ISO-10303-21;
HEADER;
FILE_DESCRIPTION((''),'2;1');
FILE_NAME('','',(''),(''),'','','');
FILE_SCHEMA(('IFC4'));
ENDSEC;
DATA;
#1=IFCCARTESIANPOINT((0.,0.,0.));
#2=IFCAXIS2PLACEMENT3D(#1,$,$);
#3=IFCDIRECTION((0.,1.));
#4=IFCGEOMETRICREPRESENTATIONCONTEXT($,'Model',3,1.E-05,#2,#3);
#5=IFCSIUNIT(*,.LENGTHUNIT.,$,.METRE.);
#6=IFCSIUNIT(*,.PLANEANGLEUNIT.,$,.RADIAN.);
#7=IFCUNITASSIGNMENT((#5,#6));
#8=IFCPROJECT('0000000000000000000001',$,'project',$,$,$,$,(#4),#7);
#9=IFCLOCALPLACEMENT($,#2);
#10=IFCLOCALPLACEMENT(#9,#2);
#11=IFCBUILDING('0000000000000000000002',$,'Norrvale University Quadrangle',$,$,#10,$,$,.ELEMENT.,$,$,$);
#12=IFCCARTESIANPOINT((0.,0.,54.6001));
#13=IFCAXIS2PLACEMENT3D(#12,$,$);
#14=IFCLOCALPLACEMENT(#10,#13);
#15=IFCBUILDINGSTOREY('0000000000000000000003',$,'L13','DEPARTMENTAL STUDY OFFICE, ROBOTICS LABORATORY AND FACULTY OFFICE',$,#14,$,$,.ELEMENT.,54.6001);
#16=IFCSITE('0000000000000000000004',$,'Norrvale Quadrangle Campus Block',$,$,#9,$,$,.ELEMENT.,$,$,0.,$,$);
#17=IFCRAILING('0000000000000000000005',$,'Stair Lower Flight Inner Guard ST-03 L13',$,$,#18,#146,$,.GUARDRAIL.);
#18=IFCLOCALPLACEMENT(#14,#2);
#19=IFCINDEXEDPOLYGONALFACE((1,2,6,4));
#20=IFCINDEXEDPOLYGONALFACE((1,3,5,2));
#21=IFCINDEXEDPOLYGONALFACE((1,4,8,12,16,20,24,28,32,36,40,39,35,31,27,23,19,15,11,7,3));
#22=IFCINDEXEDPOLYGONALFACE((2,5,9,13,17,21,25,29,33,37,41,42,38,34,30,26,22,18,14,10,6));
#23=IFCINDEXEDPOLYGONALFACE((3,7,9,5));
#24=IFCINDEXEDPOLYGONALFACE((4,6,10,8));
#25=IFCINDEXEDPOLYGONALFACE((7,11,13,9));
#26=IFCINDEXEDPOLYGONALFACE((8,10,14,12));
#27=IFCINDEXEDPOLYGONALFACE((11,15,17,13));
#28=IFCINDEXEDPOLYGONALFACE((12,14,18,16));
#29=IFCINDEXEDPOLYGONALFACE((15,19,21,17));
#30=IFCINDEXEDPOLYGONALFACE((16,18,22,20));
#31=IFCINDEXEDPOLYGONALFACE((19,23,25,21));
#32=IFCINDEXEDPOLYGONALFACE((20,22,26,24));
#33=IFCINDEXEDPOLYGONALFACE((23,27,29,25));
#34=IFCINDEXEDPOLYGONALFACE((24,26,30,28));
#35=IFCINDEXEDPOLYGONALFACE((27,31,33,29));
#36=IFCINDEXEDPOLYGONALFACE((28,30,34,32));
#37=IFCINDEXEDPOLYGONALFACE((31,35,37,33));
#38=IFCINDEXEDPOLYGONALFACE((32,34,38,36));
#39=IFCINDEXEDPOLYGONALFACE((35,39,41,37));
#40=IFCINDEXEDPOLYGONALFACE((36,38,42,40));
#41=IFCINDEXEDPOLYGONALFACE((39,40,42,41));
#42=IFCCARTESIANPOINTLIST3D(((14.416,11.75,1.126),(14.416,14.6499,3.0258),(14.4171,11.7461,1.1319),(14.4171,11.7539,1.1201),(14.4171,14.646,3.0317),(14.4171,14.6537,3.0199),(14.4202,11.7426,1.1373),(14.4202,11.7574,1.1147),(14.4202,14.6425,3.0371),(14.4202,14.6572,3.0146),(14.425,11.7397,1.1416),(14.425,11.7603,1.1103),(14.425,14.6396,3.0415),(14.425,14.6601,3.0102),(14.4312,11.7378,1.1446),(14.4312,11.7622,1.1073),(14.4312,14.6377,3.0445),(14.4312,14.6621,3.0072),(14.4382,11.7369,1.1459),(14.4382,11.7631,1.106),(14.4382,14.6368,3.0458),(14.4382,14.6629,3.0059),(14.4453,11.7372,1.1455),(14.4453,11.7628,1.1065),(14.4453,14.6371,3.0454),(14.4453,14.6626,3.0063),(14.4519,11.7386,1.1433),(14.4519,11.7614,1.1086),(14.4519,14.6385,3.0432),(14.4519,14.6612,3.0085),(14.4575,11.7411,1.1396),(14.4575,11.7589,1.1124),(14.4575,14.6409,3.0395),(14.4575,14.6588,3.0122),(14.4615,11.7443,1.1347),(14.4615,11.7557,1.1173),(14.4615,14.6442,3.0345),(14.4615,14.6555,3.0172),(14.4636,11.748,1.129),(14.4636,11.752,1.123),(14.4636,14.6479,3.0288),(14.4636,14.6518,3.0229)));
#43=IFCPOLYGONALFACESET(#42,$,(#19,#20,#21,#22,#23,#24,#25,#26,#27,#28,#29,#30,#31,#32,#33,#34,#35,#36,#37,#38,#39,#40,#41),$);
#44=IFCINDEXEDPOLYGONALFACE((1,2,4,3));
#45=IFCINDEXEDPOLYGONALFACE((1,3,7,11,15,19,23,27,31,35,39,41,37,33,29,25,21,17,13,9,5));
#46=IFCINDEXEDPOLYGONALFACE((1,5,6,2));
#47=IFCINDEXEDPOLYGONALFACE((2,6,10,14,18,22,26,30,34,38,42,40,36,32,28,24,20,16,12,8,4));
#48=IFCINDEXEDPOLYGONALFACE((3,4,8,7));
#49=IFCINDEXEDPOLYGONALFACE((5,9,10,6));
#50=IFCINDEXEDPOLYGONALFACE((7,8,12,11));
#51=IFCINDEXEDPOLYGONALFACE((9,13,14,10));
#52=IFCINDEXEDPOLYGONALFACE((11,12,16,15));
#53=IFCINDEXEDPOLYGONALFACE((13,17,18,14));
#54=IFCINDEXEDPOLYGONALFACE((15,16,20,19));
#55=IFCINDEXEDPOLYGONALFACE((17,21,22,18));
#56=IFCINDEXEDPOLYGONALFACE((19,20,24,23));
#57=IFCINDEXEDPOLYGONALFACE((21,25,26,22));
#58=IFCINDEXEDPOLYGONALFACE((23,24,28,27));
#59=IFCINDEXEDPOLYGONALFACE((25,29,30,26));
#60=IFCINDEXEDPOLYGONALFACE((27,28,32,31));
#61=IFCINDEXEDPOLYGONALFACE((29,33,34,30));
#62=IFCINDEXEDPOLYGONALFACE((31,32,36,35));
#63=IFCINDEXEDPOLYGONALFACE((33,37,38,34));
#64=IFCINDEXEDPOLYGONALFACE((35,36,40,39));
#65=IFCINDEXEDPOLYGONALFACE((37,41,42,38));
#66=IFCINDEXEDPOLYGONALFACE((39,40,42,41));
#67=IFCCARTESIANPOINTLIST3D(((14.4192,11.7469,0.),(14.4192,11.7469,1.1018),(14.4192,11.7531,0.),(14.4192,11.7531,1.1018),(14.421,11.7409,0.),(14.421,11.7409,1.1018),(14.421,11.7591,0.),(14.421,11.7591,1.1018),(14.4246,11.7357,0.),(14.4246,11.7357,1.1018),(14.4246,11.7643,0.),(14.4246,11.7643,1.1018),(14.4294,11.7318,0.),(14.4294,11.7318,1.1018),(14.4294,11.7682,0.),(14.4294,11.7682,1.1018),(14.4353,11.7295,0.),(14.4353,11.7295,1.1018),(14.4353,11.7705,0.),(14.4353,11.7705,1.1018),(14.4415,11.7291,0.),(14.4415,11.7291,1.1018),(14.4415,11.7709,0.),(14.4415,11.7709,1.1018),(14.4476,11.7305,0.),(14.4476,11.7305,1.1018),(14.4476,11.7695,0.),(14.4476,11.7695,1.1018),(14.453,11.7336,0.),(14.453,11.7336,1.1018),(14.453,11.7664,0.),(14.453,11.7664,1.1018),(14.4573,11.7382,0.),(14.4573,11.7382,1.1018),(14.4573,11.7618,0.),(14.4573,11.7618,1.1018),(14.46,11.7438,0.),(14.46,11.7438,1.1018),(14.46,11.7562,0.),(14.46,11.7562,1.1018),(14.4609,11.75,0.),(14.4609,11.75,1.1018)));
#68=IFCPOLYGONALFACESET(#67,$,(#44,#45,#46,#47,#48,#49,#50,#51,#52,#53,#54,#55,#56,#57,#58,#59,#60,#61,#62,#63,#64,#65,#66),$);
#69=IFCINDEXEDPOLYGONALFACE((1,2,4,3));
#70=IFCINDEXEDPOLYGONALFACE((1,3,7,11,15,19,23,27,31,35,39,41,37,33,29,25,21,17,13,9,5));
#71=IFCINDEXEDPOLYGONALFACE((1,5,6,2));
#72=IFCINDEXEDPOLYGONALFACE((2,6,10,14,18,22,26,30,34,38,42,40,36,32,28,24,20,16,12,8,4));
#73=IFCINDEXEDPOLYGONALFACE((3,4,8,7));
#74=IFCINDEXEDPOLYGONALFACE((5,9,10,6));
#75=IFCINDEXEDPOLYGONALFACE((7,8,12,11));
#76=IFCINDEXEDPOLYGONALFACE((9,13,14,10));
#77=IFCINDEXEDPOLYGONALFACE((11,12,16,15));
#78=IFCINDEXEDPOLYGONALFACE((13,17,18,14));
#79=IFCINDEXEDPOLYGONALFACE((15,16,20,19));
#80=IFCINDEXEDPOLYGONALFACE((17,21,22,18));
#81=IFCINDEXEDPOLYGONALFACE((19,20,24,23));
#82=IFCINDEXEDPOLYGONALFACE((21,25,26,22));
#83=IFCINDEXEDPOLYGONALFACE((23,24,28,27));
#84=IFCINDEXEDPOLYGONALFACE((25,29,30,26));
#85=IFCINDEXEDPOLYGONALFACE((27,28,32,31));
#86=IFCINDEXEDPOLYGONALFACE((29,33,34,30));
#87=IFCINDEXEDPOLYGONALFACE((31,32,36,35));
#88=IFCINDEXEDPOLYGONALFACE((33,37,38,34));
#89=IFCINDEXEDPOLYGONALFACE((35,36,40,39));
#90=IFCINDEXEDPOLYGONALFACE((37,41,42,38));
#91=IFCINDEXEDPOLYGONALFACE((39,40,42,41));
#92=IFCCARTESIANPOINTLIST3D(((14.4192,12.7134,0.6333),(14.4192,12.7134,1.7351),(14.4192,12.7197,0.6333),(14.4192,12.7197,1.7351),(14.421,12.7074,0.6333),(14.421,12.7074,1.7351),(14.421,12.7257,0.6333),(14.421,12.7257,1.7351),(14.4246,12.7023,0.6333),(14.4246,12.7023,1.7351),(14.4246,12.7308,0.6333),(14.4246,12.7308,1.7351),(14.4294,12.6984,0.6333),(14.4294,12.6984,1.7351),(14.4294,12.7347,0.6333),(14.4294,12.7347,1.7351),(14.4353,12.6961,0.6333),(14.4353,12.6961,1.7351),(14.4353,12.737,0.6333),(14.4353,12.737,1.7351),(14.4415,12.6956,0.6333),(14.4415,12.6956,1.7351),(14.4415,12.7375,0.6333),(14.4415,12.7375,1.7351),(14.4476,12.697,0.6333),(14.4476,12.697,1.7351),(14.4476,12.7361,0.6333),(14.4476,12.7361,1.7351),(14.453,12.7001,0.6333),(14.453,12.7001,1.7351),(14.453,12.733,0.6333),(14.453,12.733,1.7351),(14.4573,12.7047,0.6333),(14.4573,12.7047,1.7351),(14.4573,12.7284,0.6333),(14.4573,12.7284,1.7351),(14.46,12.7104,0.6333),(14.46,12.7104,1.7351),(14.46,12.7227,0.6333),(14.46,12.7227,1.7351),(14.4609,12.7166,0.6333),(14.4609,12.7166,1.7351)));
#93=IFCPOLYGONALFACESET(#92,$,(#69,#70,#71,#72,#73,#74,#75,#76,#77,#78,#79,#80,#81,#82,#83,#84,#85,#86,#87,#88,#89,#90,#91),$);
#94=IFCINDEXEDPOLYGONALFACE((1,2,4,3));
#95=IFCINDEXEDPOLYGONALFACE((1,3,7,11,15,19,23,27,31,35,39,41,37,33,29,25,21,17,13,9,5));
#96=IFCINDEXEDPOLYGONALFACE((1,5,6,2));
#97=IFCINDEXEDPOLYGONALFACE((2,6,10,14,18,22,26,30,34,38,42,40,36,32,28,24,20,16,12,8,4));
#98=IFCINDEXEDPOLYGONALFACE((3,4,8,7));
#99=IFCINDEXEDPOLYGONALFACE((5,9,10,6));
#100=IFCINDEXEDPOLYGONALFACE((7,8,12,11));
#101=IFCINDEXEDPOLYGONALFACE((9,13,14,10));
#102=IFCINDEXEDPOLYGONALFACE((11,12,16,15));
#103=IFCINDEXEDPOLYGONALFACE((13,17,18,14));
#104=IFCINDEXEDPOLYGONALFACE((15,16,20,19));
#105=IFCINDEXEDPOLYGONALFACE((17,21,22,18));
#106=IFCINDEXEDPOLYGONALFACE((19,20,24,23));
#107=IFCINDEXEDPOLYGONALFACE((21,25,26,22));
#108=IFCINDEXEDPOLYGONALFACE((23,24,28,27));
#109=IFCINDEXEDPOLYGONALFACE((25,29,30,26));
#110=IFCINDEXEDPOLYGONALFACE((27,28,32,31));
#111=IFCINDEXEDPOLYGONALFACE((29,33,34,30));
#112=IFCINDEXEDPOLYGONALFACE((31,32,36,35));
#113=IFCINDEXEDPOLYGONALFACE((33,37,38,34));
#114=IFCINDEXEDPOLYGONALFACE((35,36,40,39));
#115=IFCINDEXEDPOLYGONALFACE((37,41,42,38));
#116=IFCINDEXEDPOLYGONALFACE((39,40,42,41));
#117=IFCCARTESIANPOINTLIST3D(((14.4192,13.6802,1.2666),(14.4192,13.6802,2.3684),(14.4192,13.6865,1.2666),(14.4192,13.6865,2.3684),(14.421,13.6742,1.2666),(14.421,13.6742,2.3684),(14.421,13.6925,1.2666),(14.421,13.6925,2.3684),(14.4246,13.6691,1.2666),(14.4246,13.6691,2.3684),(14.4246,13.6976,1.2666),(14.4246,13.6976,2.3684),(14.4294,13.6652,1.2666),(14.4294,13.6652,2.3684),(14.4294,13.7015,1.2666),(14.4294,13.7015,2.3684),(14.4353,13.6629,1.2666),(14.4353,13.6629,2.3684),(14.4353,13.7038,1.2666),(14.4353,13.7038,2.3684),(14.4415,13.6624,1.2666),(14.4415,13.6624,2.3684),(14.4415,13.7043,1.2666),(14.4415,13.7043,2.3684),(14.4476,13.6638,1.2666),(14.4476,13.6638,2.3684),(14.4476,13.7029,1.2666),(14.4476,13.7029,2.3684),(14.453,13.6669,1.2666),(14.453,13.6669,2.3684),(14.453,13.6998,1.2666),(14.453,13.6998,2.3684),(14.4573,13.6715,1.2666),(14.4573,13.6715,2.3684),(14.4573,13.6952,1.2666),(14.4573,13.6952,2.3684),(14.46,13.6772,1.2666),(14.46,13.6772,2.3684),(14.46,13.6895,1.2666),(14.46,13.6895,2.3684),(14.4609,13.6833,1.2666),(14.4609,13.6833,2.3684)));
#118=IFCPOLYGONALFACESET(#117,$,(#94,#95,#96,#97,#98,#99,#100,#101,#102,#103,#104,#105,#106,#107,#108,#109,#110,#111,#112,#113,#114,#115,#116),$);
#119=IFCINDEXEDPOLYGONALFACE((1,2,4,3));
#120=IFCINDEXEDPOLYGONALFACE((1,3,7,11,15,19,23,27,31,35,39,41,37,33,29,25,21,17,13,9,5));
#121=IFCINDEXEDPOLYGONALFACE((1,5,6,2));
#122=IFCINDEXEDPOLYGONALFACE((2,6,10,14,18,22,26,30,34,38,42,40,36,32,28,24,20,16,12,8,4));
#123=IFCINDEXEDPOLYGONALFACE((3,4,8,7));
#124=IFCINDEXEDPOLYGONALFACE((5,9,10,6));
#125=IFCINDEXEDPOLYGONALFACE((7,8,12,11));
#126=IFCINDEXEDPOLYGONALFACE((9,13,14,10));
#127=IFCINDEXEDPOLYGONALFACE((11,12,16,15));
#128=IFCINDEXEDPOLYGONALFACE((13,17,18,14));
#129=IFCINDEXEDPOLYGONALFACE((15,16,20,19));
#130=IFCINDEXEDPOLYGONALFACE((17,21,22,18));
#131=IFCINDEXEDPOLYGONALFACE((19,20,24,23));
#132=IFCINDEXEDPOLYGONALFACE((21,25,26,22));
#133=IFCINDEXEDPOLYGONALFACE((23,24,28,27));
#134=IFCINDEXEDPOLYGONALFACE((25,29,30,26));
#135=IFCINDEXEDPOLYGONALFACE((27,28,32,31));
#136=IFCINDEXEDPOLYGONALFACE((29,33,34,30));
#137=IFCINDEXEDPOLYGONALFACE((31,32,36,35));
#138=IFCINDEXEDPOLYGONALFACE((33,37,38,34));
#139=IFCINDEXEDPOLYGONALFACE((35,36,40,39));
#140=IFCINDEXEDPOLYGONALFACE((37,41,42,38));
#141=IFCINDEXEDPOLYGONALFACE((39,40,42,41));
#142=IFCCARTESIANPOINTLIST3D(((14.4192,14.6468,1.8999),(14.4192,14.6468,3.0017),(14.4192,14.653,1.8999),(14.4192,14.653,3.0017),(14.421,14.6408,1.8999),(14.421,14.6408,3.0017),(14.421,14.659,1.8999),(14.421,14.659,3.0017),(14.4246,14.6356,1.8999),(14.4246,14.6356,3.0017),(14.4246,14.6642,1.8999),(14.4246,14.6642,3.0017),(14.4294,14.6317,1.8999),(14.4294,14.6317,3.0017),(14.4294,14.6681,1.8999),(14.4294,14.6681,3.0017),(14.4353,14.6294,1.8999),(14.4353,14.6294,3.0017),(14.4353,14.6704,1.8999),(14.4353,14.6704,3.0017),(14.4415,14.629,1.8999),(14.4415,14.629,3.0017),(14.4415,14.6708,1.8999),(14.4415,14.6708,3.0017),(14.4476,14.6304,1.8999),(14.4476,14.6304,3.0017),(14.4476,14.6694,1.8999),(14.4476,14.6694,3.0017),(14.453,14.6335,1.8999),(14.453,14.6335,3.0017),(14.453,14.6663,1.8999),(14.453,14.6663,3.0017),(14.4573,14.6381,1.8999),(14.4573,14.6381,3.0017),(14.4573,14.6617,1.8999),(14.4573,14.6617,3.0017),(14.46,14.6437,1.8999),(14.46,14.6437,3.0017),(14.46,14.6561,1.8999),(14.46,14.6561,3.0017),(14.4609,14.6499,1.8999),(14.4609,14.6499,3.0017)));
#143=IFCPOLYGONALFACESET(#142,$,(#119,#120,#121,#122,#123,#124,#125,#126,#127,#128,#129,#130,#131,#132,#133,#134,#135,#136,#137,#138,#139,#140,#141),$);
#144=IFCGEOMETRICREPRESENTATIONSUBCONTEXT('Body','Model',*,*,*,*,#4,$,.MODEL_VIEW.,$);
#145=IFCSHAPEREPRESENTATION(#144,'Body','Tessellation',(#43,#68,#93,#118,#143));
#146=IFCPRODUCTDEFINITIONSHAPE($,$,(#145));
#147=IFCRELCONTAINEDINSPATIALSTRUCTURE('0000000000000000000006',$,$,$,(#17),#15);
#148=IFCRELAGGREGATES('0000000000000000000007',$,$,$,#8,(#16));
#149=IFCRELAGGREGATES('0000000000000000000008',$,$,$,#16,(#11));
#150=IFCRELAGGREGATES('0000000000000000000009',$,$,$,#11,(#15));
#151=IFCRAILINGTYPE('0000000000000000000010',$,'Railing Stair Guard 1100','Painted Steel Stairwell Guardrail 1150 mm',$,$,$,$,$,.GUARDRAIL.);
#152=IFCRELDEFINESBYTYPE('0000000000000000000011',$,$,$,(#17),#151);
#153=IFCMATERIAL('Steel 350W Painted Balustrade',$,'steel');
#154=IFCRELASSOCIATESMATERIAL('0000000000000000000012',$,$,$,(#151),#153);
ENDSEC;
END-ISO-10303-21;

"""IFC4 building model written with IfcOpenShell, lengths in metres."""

from ifc_helpers import new_model, si_unit, direction, frame, origin, origin_2d, place, context, subcontext, project, spatial, circle, extrude, material, type_object, element, save


model = new_model("IFC4")

# Units and contexts
model_context = context("Model", 3, precision=1e-05, world=origin(), true_north=direction((0.0, 1.0)))
body_context = subcontext(model_context, "Body", "Model", "MODEL_VIEW")
ifc_project = project(units=[si_unit("LENGTHUNIT", "METRE"), si_unit("PLANEANGLEUNIT", "RADIAN")], contexts=[model_context])

# Site, building, storey
site_placement = place(None, origin())
site = spatial("IfcSite", under=ifc_project, at=site_placement, Name="Norrvale Quadrangle Campus Block", CompositionType="ELEMENT", RefElevation=0.0)
building_placement = place(site_placement, origin())
building = spatial("IfcBuilding", under=site, at=building_placement, Name="Norrvale University Quadrangle", CompositionType="ELEMENT")
storey_placement = place(building_placement, frame((0.0, 0.0, 54.6001)))
storey = spatial("IfcBuildingStorey", under=building, at=storey_placement, Name="L13", Description="DEPARTMENTAL STUDY OFFICE, ROBOTICS LABORATORY AND FACULTY OFFICE", CompositionType="ELEMENT", Elevation=54.6001)

# Railing
ifc_material_1 = material(Name="Steel 350W Painted Balustrade", Category="steel")
railing_type_1 = type_object("IfcRailingType", Name="Railing Stair Guard 1100", Description="Painted Steel Stairwell Guardrail 1150 mm", PredefinedType="GUARDRAIL", material=ifc_material_1)
railing_1_placement = place(storey_placement, frame((14.4399, 11.75, 0.0)))
element("IfcRailing", 1, at=railing_1_placement, inside=storey, type_object=railing_type_1, Name="Stair Lower Flight Inner Guard ST-03 L13", PredefinedType="GUARDRAIL", context=body_context, shape_type="SweptSolid", body=[
    extrude(circle(Radius=0.0239, at=origin_2d()), frame((0.0, 0.0, 1.126), z_axis=(0.0, 0.836466, 0.548019), x_axis=(-1.0, 0.0, 0.0)), (0.0, 0.0, 1.0), 3.4668),
    extrude(circle(Radius=0.021, at=origin_2d()), origin(), (0.0, 0.0, 1.0), 1.1018),
    extrude(circle(Radius=0.021, at=origin_2d()), frame((0.0, 0.9666, 0.6333)), (0.0, 0.0, 1.0), 1.1018),
    extrude(circle(Radius=0.021, at=origin_2d()), frame((0.0, 1.9333, 1.2666)), (0.0, 0.0, 1.0), 1.1018),
    extrude(circle(Radius=0.021, at=origin_2d()), frame((0.0, 2.8999, 1.8999)), (0.0, 0.0, 1.0), 1.1018),
])

save(model, "model.ifc")
